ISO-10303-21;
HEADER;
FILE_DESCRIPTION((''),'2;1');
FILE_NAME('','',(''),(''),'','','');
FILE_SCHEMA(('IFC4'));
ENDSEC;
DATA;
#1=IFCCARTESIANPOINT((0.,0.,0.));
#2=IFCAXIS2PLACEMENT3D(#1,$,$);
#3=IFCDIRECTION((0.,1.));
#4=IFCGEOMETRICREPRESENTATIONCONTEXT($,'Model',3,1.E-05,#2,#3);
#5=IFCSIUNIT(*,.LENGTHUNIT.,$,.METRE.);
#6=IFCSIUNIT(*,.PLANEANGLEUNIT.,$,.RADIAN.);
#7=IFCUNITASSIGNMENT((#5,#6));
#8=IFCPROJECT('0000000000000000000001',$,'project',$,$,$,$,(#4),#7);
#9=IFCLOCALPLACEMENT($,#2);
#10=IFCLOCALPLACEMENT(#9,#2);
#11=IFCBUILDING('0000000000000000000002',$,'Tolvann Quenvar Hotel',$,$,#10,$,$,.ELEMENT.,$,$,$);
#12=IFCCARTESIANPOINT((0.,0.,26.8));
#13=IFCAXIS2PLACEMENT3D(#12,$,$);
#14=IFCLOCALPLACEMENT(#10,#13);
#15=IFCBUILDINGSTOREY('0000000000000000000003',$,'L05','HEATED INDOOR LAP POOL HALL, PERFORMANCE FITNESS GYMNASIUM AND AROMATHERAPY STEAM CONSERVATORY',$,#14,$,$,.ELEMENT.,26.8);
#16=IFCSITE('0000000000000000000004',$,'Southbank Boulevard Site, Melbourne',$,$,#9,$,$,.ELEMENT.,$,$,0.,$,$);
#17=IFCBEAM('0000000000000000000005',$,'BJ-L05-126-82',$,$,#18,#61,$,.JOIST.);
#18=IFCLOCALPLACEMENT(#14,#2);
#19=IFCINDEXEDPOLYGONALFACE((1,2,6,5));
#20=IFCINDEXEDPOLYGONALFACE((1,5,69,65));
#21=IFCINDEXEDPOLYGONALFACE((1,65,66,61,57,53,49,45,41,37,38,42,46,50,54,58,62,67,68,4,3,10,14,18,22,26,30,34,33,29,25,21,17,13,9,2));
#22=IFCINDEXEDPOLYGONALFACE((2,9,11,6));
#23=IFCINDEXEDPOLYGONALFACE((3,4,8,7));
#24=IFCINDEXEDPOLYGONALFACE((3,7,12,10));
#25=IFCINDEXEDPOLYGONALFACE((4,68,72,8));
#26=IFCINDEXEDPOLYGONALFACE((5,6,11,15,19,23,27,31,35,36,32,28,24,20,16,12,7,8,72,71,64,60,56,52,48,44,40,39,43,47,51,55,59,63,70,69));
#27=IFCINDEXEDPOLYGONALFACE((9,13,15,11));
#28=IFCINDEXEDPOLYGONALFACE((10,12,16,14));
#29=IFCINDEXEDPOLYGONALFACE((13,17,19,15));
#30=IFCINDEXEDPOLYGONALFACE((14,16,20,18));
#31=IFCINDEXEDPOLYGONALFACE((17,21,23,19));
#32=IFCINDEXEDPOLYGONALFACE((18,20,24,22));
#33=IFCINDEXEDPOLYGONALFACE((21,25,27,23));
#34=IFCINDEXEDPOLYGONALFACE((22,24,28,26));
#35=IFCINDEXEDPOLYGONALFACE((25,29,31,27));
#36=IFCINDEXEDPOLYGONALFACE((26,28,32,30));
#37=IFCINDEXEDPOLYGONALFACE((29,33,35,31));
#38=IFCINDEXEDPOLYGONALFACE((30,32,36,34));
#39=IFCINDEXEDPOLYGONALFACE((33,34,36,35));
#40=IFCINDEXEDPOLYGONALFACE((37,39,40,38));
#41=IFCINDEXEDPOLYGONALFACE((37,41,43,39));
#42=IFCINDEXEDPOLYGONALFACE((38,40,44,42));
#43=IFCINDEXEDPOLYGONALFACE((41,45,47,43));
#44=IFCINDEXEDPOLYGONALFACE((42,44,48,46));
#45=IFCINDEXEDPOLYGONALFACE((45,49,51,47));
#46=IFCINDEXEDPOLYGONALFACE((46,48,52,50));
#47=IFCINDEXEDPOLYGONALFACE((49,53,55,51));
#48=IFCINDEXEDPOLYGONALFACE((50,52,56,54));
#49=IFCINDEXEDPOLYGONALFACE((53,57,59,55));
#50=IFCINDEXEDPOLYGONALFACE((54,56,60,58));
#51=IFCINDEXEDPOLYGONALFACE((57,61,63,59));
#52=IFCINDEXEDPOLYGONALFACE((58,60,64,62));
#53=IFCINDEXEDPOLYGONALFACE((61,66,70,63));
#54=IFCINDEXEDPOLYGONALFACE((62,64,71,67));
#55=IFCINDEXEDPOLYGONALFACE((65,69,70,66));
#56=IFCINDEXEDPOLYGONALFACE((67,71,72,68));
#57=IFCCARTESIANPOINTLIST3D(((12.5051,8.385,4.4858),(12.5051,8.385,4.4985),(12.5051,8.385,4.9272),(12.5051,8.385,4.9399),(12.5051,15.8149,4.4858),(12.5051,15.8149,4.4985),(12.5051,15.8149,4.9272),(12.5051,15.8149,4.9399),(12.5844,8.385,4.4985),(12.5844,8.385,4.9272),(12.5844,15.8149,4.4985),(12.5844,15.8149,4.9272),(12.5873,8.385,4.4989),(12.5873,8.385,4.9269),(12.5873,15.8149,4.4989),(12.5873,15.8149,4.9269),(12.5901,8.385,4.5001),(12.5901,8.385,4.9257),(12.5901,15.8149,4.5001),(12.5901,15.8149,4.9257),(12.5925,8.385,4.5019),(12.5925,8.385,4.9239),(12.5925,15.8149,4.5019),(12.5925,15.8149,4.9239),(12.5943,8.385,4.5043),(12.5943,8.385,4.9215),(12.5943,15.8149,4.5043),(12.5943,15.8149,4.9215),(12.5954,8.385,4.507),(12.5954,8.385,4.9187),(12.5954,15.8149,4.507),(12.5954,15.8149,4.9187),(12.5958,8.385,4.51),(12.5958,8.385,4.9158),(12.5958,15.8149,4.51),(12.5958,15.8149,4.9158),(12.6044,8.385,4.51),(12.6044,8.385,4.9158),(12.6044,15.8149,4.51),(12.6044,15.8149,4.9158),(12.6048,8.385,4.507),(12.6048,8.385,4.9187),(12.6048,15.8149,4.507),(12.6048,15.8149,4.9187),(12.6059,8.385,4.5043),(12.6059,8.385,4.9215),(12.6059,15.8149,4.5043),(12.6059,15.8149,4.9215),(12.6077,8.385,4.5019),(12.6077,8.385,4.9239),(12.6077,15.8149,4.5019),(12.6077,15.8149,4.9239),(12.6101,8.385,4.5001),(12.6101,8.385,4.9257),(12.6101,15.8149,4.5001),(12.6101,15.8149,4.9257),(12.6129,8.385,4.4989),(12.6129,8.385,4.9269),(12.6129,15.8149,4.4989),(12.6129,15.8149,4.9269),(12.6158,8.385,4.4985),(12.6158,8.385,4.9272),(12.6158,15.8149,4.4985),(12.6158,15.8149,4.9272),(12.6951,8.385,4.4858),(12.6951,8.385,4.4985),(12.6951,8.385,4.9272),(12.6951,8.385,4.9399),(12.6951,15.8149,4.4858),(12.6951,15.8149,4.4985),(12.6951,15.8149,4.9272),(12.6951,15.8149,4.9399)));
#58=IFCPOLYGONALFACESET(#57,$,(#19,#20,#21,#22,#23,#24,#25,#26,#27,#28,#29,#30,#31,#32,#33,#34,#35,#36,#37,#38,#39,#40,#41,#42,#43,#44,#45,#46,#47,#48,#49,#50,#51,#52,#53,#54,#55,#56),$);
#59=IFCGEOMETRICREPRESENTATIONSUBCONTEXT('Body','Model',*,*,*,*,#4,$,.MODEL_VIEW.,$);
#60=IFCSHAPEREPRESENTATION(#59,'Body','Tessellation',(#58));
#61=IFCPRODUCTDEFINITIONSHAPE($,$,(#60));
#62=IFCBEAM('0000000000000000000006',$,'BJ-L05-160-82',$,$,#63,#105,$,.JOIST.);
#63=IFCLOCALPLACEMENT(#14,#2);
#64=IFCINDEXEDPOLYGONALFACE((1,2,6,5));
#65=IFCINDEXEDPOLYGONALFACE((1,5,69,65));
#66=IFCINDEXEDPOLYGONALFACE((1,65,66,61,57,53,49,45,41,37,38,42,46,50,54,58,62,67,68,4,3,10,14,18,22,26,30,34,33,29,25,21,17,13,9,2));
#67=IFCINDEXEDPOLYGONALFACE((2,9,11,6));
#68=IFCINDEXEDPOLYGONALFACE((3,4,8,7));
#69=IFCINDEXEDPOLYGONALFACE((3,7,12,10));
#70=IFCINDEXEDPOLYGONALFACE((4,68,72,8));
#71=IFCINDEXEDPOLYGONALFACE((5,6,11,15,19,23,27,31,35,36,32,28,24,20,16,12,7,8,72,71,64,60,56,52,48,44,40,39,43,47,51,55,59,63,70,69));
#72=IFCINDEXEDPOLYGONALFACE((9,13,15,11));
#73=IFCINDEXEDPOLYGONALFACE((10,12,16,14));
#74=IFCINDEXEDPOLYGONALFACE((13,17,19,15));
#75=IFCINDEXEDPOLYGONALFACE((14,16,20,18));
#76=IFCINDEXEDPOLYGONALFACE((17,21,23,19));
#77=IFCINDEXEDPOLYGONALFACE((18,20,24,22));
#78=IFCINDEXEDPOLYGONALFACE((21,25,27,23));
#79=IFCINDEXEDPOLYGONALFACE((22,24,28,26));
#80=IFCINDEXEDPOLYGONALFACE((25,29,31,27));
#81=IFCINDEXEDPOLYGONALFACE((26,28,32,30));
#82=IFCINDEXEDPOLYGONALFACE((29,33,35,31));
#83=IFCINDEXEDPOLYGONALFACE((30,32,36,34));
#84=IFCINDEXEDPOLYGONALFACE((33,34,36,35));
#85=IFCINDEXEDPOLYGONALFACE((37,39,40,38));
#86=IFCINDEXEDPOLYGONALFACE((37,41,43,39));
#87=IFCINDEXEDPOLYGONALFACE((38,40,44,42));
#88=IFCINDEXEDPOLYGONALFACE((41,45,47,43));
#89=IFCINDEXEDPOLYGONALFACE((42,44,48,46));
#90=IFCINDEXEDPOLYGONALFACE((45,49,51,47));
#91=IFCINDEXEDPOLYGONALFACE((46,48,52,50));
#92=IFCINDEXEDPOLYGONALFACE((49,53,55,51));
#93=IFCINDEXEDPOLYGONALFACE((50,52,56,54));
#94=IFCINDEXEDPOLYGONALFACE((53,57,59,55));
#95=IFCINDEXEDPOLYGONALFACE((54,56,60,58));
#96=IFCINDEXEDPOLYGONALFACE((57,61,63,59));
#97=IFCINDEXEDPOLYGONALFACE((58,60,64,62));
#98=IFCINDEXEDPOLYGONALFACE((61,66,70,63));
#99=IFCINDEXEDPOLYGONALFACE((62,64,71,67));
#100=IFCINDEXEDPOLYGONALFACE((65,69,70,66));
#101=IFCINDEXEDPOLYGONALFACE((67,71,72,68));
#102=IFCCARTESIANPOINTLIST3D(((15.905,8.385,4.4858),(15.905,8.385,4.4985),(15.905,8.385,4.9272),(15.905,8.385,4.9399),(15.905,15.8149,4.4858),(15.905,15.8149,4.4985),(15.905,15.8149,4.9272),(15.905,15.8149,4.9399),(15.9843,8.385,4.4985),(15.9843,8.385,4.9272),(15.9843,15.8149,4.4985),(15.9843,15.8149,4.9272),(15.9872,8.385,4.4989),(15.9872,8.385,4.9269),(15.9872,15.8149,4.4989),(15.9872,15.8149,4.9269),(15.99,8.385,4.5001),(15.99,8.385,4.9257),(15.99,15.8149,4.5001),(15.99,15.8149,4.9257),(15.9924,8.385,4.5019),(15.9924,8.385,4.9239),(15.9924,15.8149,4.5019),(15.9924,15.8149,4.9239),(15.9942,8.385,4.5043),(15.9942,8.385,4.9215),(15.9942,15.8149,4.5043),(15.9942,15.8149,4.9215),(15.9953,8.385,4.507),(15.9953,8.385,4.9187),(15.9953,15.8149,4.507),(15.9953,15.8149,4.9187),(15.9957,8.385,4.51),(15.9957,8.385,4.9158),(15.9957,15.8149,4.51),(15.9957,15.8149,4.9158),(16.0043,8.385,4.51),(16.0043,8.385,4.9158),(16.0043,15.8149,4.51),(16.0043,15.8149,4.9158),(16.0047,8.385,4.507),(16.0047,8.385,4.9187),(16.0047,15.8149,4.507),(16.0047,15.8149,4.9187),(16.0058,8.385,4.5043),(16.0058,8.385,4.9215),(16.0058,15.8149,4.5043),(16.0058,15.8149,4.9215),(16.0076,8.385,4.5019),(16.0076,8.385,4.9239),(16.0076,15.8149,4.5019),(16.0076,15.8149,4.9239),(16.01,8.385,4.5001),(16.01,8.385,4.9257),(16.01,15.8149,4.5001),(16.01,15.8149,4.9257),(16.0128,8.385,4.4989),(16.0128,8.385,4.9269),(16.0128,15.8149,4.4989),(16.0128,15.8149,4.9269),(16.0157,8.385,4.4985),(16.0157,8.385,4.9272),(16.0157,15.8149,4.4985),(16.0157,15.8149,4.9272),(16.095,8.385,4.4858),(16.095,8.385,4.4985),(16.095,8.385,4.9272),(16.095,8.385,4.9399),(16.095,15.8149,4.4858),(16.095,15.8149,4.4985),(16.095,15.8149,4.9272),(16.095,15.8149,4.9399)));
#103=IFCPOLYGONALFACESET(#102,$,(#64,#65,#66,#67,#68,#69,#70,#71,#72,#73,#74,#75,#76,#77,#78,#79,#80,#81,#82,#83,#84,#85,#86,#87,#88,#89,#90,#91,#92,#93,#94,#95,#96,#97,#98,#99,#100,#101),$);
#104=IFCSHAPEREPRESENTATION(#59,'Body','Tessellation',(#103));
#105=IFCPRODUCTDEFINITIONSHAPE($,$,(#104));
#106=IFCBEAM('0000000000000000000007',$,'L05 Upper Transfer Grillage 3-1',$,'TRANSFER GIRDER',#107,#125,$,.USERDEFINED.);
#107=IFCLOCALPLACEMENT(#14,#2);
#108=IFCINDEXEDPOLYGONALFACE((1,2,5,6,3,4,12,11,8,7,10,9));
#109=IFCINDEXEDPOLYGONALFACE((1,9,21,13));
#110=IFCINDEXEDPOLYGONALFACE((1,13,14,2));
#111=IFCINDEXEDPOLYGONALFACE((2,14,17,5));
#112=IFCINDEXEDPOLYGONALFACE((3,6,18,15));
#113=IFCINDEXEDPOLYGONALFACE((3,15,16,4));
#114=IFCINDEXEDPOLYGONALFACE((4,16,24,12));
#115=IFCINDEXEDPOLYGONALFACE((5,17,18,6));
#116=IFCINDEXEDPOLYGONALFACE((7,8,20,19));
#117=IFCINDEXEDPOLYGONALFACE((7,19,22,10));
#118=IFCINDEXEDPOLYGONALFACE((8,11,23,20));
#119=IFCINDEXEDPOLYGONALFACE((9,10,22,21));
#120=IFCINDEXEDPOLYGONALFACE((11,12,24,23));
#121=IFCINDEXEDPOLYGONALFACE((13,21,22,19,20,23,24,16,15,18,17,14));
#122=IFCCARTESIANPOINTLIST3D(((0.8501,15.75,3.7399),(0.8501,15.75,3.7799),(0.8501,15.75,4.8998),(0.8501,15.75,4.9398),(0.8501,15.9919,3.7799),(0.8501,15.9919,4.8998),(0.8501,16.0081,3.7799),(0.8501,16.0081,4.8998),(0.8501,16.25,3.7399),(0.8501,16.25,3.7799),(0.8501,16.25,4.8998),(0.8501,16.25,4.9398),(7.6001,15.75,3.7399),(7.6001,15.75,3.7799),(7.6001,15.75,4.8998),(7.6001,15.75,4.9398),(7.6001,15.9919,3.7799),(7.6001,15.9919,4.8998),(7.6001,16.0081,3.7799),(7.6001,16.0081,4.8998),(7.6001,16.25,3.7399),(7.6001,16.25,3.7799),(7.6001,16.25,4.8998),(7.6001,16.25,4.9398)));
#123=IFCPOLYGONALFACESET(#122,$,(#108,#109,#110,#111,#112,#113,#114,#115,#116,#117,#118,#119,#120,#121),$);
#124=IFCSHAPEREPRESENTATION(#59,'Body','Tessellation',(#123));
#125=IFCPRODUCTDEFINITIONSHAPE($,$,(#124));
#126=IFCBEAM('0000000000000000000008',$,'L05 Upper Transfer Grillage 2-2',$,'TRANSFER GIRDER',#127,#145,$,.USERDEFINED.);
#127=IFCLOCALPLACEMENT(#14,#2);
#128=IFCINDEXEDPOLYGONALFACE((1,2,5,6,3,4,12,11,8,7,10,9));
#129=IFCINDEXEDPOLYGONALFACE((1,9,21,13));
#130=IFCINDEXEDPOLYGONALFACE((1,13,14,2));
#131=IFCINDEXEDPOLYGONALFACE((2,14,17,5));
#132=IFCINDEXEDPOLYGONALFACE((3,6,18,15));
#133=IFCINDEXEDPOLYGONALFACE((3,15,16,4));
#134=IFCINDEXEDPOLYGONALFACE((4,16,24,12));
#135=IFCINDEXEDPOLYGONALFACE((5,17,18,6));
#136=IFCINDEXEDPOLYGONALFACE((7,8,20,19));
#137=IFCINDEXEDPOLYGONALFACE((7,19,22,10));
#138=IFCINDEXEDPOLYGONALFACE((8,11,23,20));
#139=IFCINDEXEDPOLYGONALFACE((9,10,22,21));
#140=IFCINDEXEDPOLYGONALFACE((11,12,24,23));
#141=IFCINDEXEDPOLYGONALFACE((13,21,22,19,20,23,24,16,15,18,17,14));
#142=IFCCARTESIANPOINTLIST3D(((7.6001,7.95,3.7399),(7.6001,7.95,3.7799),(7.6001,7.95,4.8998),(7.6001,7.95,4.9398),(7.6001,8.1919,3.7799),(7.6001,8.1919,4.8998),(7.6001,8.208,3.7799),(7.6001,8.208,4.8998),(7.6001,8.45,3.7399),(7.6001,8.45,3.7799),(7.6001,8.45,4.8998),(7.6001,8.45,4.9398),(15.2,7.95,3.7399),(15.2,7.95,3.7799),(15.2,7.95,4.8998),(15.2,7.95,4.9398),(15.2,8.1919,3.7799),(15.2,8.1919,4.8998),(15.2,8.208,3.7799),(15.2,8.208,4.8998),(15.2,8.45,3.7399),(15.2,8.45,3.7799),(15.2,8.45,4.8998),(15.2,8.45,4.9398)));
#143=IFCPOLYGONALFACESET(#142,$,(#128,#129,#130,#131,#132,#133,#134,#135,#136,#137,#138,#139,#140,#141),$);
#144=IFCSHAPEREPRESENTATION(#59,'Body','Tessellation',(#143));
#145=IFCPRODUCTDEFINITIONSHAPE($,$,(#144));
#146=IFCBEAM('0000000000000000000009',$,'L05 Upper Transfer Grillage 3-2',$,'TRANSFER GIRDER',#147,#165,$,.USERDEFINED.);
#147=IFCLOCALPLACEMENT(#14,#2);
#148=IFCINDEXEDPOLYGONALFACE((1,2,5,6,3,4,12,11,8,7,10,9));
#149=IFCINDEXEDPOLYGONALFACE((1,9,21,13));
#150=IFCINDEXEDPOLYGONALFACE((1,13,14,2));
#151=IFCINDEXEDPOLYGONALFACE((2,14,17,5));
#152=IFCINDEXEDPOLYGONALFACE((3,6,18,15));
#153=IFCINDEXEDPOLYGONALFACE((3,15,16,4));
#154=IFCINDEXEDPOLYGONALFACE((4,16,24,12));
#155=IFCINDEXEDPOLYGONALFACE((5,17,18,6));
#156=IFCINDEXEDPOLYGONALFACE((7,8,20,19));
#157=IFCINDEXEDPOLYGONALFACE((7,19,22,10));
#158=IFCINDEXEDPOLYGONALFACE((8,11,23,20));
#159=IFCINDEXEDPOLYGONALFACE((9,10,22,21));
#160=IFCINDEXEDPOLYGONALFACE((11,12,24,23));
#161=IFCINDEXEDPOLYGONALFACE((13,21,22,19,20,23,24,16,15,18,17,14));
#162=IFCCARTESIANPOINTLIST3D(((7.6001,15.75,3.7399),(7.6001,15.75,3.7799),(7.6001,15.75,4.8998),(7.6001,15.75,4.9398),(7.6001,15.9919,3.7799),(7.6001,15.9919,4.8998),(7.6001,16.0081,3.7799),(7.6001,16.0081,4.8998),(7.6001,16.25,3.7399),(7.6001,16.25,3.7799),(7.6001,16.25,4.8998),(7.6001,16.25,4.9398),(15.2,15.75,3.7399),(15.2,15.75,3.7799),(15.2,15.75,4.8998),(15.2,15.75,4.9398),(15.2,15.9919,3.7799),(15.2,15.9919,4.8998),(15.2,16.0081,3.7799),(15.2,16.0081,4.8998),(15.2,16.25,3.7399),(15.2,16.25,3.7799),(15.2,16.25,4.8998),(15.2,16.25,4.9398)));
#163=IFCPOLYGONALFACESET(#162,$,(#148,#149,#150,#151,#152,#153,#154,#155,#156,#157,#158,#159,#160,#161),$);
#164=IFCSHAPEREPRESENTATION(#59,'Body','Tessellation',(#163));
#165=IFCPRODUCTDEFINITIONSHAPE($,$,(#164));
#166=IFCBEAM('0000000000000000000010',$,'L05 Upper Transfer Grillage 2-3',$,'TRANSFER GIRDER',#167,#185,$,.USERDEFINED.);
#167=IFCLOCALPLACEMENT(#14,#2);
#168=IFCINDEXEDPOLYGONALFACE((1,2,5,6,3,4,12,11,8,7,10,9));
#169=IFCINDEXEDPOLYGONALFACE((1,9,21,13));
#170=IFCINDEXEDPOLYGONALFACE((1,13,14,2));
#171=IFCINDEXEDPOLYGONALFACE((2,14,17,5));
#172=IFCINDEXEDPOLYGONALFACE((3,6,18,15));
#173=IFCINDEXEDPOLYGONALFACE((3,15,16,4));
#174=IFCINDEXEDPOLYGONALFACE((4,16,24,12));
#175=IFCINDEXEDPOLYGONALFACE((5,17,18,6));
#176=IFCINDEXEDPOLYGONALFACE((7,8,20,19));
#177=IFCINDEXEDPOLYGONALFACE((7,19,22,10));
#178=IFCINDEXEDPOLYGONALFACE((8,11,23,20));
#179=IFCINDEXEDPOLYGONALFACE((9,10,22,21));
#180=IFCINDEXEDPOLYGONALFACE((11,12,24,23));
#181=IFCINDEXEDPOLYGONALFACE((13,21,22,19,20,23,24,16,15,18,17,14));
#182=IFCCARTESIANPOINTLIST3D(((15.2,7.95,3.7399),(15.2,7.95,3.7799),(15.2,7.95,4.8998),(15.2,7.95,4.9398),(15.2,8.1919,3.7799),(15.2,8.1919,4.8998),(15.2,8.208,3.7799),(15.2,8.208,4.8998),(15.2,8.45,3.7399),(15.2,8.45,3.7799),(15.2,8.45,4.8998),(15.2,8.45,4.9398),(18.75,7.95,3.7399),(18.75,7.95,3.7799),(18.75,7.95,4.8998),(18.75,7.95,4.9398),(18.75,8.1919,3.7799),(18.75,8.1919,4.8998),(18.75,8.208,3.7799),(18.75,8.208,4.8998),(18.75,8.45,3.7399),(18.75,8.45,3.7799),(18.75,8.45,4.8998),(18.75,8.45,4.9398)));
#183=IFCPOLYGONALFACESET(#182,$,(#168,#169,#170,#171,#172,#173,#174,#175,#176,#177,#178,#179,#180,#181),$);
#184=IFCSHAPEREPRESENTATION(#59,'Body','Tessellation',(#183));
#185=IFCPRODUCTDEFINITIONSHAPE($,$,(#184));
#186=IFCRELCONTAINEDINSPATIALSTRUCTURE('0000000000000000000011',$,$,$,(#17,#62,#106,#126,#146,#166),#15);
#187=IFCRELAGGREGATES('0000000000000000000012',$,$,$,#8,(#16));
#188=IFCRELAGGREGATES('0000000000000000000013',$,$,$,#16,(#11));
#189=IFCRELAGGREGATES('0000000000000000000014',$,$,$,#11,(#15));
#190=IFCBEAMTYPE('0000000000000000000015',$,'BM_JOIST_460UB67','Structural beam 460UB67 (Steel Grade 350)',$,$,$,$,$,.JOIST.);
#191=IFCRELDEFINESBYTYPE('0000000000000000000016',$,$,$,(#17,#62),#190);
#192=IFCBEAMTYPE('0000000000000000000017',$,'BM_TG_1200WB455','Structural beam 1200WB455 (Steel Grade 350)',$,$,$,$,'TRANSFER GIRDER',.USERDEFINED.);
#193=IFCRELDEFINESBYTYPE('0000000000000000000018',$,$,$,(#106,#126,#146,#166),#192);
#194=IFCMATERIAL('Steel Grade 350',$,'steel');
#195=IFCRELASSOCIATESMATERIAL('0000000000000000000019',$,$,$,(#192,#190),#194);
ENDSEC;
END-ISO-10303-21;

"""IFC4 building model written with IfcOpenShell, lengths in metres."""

from ifc_helpers import new_model, si_unit, direction, frame, origin, origin_2d, place, context, subcontext, project, spatial, i_section, extrude, source, transform, mapped, material, material_profile, profile_set, type_object, type_shapes, element, save


model = new_model("IFC4")

# Units and contexts
model_context = context("Model", 3, precision=1e-05, world=origin(), true_north=direction((0.0, 1.0)))
body_context = subcontext(model_context, "Body", "Model", "MODEL_VIEW")
ifc_project = project(units=[si_unit("LENGTHUNIT", "METRE"), si_unit("PLANEANGLEUNIT", "RADIAN")], contexts=[model_context])

# Site, building, storey
site_placement = place(None, origin())
site = spatial("IfcSite", under=ifc_project, at=site_placement, Name="Southbank Boulevard Site, Melbourne", CompositionType="ELEMENT", RefElevation=0.0)
building_placement = place(site_placement, origin())
building = spatial("IfcBuilding", under=site, at=building_placement, Name="Tolvann Quenvar Hotel", CompositionType="ELEMENT")
storey_placement = place(building_placement, frame((0.0, 0.0, 26.8)))
storey = spatial("IfcBuildingStorey", under=building, at=storey_placement, Name="L05", Description="HEATED INDOOR LAP POOL HALL, PERFORMANCE FITNESS GYMNASIUM AND AROMATHERAPY STEAM CONSERVATORY", CompositionType="ELEMENT", Elevation=26.8)

# Beams
ifc_material_1 = material(Name="Steel Grade 350", Category="steel")
ifc_material_profile_1 = material_profile(ifc_material_1, i_section(OverallWidth=0.5, OverallDepth=1.2, WebThickness=0.0161, FlangeThickness=0.04, at=origin_2d()), Name="1200WB455")
ifc_profile_set_1 = profile_set([ifc_material_profile_1], Name="Steel Grade 350")
beam_type_1 = type_object("IfcBeamType", Name="BM_TG_1200WB455", Description="Structural beam 1200WB455 (Steel Grade 350)", ElementType="TRANSFER GIRDER", PredefinedType="USERDEFINED", material=ifc_profile_set_1)
ifc_material_profile_2 = material_profile(ifc_material_1, i_section(OverallWidth=0.1899, OverallDepth=0.4541, WebThickness=0.0085, FlangeThickness=0.0127, FilletRadius=0.0115, at=origin_2d()), Name="460UB67")
ifc_profile_set_2 = profile_set([ifc_material_profile_2], Name="Steel Grade 350")
beam_type_2 = type_object("IfcBeamType", Name="BM_JOIST_460UB67", Description="Structural beam 460UB67 (Steel Grade 350)", PredefinedType="JOIST", material=ifc_profile_set_2)
shared_shape_1 = source(origin(), body_context, "Body", "SweptSolid", [
    extrude(i_section(OverallWidth=0.1899, OverallDepth=0.4541, WebThickness=0.0085, FlangeThickness=0.0127, FilletRadius=0.0115, at=origin_2d()), origin(), (0.0, 0.0, 1.0), 7.4299),
])
type_shapes(beam_type_2, [shared_shape_1])
for number, where, z_axis, x_axis, name in (
    (1, (12.6001, 8.385, 4.7129), (0.0, 1.0, 0.0), (-1.0, 0.0, 0.0), "BJ-L05-126-82"),
    (2, (16.0, 8.385, 4.7129), (0.0, 1.0, 0.0), (-1.0, 0.0, 0.0), "BJ-L05-160-82"),
):
    element("IfcBeam", number, at=place(storey_placement, frame(where, z_axis=z_axis, x_axis=x_axis)), inside=storey, type_object=beam_type_2, Name=name, PredefinedType="JOIST", context=body_context, shape_type="MappedRepresentation", body=[
        mapped(shared_shape_1, transform((0.0, 0.0, 0.0), x_axis=(1.0, 0.0, 0.0), y_axis=(0.0, 1.0, 0.0), z_axis=(0.0, 0.0, 1.0), scale=1.0)),
    ])
shared_shape_2 = source(origin(), body_context, "Body", "SweptSolid", [
    extrude(i_section(OverallWidth=0.5, OverallDepth=1.2, WebThickness=0.0161, FlangeThickness=0.04, at=origin_2d()), origin(), (0.0, 0.0, 1.0), 6.75),
])
beam_1_placement = place(storey_placement, frame((0.8501, 16.0, 4.3398), z_axis=(1.0, 0.0, 0.0), x_axis=(0.0, 1.0, 0.0)))
element("IfcBeam", 3, at=beam_1_placement, inside=storey, type_object=beam_type_1, Name="L05 Upper Transfer Grillage 3-1", ObjectType="TRANSFER GIRDER", PredefinedType="USERDEFINED", context=body_context, shape_type="MappedRepresentation", body=[
    mapped(shared_shape_2, transform((0.0, 0.0, 0.0), x_axis=(1.0, 0.0, 0.0), y_axis=(0.0, 1.0, 0.0), z_axis=(0.0, 0.0, 1.0), scale=1.0)),
])
shared_shape_3 = source(origin(), body_context, "Body", "SweptSolid", [
    extrude(i_section(OverallWidth=0.5, OverallDepth=1.2, WebThickness=0.0161, FlangeThickness=0.04, at=origin_2d()), origin(), (0.0, 0.0, 1.0), 7.5999),
])
for number, where, z_axis, x_axis, name in (
    (4, (7.6001, 8.2, 4.3398), (1.0, 0.0, 0.0), (0.0, 1.0, 0.0), "L05 Upper Transfer Grillage 2-2"),
    (5, (7.6001, 16.0, 4.3398), (1.0, 0.0, 0.0), (0.0, 1.0, 0.0), "L05 Upper Transfer Grillage 3-2"),
):
    element("IfcBeam", number, at=place(storey_placement, frame(where, z_axis=z_axis, x_axis=x_axis)), inside=storey, type_object=beam_type_1, Name=name, ObjectType="TRANSFER GIRDER", PredefinedType="USERDEFINED", context=body_context, shape_type="MappedRepresentation", body=[
        mapped(shared_shape_3, transform((0.0, 0.0, 0.0), x_axis=(1.0, 0.0, 0.0), y_axis=(0.0, 1.0, 0.0), z_axis=(0.0, 0.0, 1.0), scale=1.0)),
    ])
shared_shape_4 = source(origin(), body_context, "Body", "SweptSolid", [
    extrude(i_section(OverallWidth=0.5, OverallDepth=1.2, WebThickness=0.0161, FlangeThickness=0.04, at=origin_2d()), origin(), (0.0, 0.0, 1.0), 3.55),
])
for number, where, z_axis, x_axis, name in (
    (6, (15.2, 8.2, 4.3398), (1.0, 0.0, 0.0), (0.0, 1.0, 0.0), "L05 Upper Transfer Grillage 2-3"),
):
    element("IfcBeam", number, at=place(storey_placement, frame(where, z_axis=z_axis, x_axis=x_axis)), inside=storey, type_object=beam_type_1, Name=name, ObjectType="TRANSFER GIRDER", PredefinedType="USERDEFINED", context=body_context, shape_type="MappedRepresentation", body=[
        mapped(shared_shape_4, transform((0.0, 0.0, 0.0), x_axis=(1.0, 0.0, 0.0), y_axis=(0.0, 1.0, 0.0), z_axis=(0.0, 0.0, 1.0), scale=1.0)),
    ])

save(model, "model.ifc")
